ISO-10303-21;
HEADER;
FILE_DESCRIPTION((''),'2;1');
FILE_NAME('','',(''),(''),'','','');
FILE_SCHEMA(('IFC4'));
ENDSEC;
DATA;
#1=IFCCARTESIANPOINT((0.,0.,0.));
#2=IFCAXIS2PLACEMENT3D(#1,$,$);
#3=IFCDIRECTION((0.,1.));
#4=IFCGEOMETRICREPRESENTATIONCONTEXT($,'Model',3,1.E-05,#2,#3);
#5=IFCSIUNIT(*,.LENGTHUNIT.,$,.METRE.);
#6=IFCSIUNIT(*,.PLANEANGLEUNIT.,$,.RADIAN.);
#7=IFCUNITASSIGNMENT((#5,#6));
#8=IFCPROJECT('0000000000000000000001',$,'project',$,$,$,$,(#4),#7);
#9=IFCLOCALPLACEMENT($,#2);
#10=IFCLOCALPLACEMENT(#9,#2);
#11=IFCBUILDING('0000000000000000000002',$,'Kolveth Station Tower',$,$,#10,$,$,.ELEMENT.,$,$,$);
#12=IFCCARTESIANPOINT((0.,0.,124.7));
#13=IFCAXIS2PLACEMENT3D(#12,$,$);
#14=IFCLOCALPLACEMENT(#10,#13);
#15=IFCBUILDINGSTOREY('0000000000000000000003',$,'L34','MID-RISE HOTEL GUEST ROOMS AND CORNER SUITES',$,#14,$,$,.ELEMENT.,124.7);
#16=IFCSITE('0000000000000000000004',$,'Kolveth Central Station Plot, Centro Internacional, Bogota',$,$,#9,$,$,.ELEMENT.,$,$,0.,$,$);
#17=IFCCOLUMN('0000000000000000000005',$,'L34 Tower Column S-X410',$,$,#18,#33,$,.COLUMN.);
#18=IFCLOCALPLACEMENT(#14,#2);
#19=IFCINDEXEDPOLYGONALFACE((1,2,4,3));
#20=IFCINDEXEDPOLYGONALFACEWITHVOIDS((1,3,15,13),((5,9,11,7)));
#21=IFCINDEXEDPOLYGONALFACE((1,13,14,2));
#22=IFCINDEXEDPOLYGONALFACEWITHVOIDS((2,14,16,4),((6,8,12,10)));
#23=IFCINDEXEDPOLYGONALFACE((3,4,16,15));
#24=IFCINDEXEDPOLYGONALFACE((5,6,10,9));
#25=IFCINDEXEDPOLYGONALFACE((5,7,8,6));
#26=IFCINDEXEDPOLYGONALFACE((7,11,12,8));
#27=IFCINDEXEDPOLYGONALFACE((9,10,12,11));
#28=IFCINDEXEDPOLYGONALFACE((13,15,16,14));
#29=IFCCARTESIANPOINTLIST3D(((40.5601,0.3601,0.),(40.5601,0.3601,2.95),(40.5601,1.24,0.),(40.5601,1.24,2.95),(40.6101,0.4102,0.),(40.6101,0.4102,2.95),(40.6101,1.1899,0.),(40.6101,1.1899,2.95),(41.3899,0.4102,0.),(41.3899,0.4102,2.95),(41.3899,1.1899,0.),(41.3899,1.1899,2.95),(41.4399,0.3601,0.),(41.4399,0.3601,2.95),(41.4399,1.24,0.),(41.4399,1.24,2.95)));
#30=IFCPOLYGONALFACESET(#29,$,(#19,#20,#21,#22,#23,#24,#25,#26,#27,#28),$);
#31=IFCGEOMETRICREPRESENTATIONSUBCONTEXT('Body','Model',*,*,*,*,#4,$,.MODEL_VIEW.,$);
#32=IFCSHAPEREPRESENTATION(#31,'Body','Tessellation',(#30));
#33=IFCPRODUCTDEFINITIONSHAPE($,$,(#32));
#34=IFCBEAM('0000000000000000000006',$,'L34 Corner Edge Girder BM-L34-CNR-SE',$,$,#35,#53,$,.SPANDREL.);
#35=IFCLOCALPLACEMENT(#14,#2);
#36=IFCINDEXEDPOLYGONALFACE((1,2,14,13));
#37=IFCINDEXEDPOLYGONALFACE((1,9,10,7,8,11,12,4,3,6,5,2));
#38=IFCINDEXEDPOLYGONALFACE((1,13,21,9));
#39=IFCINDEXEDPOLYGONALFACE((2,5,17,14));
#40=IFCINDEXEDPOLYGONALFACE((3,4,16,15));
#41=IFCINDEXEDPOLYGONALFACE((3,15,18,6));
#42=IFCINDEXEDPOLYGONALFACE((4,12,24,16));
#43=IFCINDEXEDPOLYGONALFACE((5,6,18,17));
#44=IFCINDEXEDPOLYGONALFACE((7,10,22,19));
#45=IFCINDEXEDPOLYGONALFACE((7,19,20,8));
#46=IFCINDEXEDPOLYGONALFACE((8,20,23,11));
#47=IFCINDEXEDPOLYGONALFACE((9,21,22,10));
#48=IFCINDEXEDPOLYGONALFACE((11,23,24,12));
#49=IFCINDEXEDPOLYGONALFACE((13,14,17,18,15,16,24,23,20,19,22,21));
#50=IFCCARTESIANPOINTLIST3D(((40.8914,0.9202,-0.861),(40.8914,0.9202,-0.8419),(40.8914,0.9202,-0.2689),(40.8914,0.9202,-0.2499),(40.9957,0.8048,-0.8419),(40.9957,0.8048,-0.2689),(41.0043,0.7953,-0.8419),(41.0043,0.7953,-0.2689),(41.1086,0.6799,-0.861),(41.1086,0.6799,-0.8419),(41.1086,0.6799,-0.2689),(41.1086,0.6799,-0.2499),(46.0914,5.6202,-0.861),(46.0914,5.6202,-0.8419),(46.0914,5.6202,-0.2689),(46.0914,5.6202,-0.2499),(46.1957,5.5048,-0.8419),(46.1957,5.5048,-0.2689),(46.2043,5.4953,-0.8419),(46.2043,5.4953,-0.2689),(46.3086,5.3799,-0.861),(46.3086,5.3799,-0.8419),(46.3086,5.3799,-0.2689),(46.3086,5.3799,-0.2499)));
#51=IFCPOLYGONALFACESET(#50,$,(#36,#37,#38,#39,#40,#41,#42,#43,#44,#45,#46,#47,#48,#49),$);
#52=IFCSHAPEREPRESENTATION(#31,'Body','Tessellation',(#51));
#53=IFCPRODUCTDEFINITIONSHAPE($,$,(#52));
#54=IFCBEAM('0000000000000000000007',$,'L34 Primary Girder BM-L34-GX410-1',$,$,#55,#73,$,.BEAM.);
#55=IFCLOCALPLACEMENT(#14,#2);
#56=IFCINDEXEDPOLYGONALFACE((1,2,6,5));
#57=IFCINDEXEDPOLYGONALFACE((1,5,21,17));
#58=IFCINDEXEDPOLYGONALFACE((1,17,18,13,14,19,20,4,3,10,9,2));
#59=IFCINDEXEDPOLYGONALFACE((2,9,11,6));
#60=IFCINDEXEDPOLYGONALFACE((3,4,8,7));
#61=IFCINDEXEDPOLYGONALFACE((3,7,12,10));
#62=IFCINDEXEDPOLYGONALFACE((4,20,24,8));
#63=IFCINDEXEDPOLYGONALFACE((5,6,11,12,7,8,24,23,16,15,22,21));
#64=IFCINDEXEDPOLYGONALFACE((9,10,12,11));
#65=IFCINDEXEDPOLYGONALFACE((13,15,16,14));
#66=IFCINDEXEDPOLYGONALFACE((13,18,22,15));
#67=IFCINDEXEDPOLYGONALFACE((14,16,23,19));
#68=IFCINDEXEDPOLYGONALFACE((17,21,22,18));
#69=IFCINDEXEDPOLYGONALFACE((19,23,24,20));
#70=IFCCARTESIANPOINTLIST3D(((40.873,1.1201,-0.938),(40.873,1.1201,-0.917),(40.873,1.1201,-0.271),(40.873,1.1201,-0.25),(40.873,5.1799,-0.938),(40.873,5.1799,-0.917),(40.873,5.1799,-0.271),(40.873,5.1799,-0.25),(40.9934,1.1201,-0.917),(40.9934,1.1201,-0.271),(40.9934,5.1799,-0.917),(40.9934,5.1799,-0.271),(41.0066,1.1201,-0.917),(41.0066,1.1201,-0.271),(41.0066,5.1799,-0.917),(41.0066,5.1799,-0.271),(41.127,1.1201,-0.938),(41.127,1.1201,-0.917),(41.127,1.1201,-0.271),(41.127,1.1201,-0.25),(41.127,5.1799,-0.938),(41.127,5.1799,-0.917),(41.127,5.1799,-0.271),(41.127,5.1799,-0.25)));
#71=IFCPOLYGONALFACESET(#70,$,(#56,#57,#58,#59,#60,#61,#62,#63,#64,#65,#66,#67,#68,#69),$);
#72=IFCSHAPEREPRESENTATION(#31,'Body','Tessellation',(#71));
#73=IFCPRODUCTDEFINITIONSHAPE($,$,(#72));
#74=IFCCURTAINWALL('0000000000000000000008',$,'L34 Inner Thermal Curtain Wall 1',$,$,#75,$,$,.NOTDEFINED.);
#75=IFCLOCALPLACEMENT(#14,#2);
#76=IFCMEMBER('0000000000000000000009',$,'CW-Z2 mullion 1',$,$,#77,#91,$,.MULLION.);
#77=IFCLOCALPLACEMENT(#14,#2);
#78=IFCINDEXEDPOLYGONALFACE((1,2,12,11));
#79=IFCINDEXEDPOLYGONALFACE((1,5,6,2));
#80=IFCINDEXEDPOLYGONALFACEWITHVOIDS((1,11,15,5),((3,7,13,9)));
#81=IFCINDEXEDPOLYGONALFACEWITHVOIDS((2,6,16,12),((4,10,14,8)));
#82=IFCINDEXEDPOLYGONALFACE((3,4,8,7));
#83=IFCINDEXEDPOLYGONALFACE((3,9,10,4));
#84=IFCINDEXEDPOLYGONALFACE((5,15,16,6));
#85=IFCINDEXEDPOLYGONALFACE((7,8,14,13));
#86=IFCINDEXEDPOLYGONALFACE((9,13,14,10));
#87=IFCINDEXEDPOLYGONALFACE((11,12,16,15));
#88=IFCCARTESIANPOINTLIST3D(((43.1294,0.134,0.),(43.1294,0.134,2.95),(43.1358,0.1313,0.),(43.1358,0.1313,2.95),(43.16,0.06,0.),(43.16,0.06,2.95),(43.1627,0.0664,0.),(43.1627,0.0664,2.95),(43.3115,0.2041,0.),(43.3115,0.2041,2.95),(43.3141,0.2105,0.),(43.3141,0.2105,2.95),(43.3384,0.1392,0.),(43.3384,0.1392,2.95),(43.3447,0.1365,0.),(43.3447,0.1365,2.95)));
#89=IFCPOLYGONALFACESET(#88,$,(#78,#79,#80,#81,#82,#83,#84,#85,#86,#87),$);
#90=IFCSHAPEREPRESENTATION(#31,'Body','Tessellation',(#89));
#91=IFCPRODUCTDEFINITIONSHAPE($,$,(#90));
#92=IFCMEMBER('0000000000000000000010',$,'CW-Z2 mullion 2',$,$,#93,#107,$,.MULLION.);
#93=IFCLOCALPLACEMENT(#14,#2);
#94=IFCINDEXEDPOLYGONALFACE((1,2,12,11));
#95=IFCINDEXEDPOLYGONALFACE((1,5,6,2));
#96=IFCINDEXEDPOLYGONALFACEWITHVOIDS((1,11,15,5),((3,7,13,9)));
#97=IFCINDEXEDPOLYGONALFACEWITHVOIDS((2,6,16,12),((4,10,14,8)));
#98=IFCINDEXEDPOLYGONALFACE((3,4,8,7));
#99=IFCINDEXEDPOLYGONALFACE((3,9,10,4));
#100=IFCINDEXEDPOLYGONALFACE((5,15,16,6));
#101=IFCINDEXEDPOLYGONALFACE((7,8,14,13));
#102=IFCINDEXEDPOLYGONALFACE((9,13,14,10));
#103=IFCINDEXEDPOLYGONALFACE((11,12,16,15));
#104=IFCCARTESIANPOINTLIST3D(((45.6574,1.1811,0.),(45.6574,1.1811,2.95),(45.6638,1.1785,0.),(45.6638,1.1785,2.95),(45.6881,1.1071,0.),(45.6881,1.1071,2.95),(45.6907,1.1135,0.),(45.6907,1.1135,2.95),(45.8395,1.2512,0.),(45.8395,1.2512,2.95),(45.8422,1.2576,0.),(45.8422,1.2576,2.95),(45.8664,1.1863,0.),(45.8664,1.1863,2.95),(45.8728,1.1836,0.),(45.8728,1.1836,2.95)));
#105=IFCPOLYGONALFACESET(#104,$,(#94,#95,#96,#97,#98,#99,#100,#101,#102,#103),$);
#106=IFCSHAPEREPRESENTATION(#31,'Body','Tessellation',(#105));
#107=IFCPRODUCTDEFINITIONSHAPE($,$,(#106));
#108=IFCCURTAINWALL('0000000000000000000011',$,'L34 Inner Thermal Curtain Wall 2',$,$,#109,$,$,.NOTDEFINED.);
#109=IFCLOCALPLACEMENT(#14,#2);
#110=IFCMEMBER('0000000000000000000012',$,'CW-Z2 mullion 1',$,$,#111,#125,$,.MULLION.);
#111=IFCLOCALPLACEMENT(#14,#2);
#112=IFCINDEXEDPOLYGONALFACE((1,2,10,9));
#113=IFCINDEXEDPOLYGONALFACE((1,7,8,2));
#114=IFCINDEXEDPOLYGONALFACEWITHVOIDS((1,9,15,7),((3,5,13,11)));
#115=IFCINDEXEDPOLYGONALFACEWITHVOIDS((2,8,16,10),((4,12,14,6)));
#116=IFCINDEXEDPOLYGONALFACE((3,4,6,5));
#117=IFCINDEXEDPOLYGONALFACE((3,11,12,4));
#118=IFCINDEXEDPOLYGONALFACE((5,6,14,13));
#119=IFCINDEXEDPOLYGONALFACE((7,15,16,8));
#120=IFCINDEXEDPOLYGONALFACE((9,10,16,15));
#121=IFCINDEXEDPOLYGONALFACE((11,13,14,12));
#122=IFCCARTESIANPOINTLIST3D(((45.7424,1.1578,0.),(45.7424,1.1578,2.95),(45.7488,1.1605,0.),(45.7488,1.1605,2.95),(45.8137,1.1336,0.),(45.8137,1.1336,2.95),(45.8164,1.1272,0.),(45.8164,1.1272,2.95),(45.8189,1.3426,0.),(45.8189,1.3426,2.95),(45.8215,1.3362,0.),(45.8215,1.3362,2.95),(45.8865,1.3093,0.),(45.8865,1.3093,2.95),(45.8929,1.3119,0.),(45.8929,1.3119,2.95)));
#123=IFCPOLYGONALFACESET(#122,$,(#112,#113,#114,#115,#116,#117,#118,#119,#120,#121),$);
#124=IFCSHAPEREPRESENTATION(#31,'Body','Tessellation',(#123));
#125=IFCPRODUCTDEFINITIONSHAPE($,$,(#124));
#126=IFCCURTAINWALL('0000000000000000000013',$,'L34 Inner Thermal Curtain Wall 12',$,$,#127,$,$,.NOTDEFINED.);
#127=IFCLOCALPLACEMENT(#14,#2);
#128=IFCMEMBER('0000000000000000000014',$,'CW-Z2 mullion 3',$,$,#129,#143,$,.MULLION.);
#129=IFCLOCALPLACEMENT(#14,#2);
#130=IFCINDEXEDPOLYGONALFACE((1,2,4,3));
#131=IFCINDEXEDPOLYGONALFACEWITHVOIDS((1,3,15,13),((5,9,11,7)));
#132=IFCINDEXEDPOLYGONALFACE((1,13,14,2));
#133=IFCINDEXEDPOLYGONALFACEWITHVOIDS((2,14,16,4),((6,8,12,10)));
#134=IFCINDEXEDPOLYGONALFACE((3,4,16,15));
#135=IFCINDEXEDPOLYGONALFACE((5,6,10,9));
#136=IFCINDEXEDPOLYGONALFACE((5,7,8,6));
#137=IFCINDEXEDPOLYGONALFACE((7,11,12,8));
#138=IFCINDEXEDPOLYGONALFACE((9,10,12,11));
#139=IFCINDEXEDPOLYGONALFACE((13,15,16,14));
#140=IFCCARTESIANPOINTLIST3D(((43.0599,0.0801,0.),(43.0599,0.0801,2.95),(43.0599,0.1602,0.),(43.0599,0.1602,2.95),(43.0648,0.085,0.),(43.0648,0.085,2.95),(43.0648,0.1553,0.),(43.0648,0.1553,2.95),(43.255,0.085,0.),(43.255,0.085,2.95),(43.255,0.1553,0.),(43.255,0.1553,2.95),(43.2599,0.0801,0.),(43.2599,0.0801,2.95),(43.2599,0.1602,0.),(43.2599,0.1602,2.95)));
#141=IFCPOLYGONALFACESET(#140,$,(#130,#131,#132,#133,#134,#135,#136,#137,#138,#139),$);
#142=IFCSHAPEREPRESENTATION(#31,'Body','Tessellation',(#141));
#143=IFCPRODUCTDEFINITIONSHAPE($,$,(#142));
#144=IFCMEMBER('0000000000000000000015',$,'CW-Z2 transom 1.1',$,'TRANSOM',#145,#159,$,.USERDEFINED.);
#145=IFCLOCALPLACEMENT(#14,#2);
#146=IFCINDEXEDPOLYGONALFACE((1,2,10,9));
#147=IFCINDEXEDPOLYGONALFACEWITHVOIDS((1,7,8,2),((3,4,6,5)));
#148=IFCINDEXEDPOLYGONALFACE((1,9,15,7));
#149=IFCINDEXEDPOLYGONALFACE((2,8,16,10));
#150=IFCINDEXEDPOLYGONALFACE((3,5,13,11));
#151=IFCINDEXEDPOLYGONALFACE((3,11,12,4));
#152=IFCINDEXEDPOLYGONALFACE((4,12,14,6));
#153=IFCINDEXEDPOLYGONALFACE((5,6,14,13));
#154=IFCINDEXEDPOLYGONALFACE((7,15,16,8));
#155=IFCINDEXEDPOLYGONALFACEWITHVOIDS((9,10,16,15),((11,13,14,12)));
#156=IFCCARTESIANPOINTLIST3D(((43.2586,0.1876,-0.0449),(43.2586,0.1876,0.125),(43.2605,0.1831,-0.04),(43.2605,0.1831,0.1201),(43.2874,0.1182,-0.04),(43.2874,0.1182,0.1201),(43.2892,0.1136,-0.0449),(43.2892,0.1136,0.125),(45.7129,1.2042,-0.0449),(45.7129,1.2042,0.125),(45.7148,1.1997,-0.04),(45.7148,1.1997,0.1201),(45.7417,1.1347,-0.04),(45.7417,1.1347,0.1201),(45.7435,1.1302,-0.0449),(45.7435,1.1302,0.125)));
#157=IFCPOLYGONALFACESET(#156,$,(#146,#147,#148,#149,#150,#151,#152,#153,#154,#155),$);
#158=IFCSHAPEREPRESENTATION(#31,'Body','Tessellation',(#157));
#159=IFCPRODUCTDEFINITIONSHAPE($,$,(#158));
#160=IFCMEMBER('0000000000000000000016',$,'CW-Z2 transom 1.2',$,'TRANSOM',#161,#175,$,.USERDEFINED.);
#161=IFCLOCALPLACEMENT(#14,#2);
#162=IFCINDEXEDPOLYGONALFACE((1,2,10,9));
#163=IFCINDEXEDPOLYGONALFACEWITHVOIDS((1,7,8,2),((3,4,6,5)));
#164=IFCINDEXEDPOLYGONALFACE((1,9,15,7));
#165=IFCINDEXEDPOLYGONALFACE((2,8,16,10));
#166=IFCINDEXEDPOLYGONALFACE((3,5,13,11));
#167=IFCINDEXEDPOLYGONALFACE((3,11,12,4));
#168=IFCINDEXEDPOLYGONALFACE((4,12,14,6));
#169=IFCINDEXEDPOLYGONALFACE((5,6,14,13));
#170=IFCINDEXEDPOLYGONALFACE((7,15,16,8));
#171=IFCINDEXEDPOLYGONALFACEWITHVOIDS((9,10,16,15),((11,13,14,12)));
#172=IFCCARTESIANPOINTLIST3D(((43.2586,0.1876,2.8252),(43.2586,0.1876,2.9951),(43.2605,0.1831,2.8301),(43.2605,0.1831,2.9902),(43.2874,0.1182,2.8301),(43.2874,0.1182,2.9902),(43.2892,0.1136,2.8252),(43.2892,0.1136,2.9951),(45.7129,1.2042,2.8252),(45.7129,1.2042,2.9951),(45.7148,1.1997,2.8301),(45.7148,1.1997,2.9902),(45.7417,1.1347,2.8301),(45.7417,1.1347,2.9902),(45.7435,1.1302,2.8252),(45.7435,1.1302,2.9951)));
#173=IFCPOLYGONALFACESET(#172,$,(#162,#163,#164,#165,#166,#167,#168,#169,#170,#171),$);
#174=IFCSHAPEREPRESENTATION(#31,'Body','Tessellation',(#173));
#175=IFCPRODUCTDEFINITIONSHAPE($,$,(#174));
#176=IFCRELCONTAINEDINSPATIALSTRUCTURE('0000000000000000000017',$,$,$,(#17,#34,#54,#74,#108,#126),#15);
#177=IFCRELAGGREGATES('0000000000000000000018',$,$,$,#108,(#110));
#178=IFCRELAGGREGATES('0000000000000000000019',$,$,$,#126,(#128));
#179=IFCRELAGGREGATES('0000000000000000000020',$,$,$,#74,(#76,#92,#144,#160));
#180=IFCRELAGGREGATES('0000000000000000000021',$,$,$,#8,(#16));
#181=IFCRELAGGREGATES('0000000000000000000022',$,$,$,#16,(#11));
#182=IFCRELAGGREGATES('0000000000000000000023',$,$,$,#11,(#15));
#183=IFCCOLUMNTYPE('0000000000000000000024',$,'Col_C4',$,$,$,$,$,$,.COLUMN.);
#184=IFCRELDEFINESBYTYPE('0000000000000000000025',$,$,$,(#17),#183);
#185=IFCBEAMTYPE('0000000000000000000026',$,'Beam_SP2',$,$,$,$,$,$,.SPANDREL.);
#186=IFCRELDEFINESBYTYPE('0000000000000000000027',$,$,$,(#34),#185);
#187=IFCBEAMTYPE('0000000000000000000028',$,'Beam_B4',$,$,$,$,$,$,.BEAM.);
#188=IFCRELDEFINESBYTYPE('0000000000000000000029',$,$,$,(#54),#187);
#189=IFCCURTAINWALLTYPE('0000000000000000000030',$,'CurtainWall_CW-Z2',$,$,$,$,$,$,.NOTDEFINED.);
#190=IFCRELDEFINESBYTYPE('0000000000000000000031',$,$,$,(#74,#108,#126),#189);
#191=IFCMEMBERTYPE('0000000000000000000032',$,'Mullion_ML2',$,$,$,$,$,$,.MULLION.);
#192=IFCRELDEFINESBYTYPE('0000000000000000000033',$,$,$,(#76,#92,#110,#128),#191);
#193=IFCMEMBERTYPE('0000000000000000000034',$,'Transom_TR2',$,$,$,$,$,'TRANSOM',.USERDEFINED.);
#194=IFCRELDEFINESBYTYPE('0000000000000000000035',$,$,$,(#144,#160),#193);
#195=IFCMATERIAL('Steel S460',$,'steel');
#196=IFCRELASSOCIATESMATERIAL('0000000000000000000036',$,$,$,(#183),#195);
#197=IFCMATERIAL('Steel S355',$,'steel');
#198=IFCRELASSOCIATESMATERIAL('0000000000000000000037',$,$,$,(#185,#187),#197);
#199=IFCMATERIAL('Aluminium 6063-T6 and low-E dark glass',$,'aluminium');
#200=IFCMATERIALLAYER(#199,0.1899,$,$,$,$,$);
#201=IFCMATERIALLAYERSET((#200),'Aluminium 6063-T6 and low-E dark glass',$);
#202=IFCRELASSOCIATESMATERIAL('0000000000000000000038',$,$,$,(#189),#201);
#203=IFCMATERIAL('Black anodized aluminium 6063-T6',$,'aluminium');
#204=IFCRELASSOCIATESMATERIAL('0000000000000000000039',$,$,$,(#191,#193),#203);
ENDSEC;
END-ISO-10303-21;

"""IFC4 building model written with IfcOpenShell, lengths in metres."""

from ifc_helpers import new_model, si_unit, direction, frame, origin, origin_2d, place, context, subcontext, project, spatial, hollow_rectangle, i_section, extrude, source, transform, mapped, material, layer, layer_set, material_profile, profile_set, type_object, element, aggregate, save


model = new_model("IFC4")

# Units and contexts
model_context = context("Model", 3, precision=1e-05, world=origin(), true_north=direction((0.0, 1.0)))
body_context = subcontext(model_context, "Body", "Model", "MODEL_VIEW")
ifc_project = project(units=[si_unit("LENGTHUNIT", "METRE"), si_unit("PLANEANGLEUNIT", "RADIAN")], contexts=[model_context])

# Site, building, storey
site_placement = place(None, origin())
site = spatial("IfcSite", under=ifc_project, at=site_placement, Name="Kolveth Central Station Plot, Centro Internacional, Bogota", CompositionType="ELEMENT", RefElevation=0.0)
building_placement = place(site_placement, origin())
building = spatial("IfcBuilding", under=site, at=building_placement, Name="Kolveth Station Tower", CompositionType="ELEMENT")
storey_placement = place(building_placement, frame((0.0, 0.0, 124.7)))
storey = spatial("IfcBuildingStorey", under=building, at=storey_placement, Name="L34", Description="MID-RISE HOTEL GUEST ROOMS AND CORNER SUITES", CompositionType="ELEMENT", Elevation=124.7)

# Column
ifc_material_1 = material(Name="Steel S460", Category="steel")
ifc_material_profile_1 = material_profile(ifc_material_1, hollow_rectangle(XDim=0.8799, YDim=0.8799, WallThickness=0.05, at=origin_2d()), Name="BOX880x880x50")
ifc_profile_set_1 = profile_set([ifc_material_profile_1], Name="Steel S460")
column_type = type_object("IfcColumnType", Name="Col_C4", PredefinedType="COLUMN", material=ifc_profile_set_1)
shared_shape_1 = source(origin(), body_context, "Body", "SweptSolid", [
    extrude(hollow_rectangle(XDim=0.8799, YDim=0.8799, WallThickness=0.05, at=origin_2d()), origin(), (0.0, 0.0, 1.0), 2.95),
])
column_placement = place(storey_placement, frame((41.0, 0.8, 0.0), z_axis=(0.0, 0.0, 1.0), x_axis=(1.0, 0.0, 0.0)))
element("IfcColumn", 1, at=column_placement, inside=storey, type_object=column_type, Name="L34 Tower Column S-X410", PredefinedType="COLUMN", context=body_context, shape_type="MappedRepresentation", body=[
    mapped(shared_shape_1, transform((0.0, 0.0, 0.0), x_axis=(1.0, 0.0, 0.0), y_axis=(0.0, 1.0, 0.0), z_axis=(0.0, 0.0, 1.0), scale=1.0)),
])

# Beams
ifc_material_2 = material(Name="Steel S355", Category="steel")
ifc_material_profile_2 = material_profile(ifc_material_2, i_section(OverallWidth=0.324, OverallDepth=0.6111, WebThickness=0.0127, FlangeThickness=0.019, at=origin_2d()), Name="W610x155")
ifc_profile_set_2 = profile_set([ifc_material_profile_2], Name="Steel S355")
beam_type_1 = type_object("IfcBeamType", Name="Beam_SP2", PredefinedType="SPANDREL", material=ifc_profile_set_2)
shared_shape_2 = source(origin(), body_context, "Body", "SweptSolid", [
    extrude(i_section(OverallWidth=0.324, OverallDepth=0.6111, WebThickness=0.0127, FlangeThickness=0.019, at=origin_2d()), origin(), (0.0, 0.0, 1.0), 7.0093),
])
beam_1_placement = place(storey_placement, frame((41.0, 0.8, -0.5554), z_axis=(0.741874, 0.670539, 0.0), x_axis=(-0.670539, 0.741874, 0.0)))
element("IfcBeam", 2, at=beam_1_placement, inside=storey, type_object=beam_type_1, Name="L34 Corner Edge Girder BM-L34-CNR-SE", PredefinedType="SPANDREL", context=body_context, shape_type="MappedRepresentation", body=[
    mapped(shared_shape_2, transform((0.0, 0.0, 0.0), x_axis=(1.0, 0.0, 0.0), y_axis=(0.0, 1.0, 0.0), z_axis=(0.0, 0.0, 1.0), scale=1.0)),
])
ifc_material_profile_3 = material_profile(ifc_material_2, i_section(OverallWidth=0.2539, OverallDepth=0.688, WebThickness=0.0132, FlangeThickness=0.021, at=origin_2d()), Name="W690x152")
ifc_profile_set_3 = profile_set([ifc_material_profile_3], Name="Steel S355")
beam_type_2 = type_object("IfcBeamType", Name="Beam_B4", PredefinedType="BEAM", material=ifc_profile_set_3)
shared_shape_3 = source(origin(), body_context, "Body", "SweptSolid", [
    extrude(i_section(OverallWidth=0.2539, OverallDepth=0.688, WebThickness=0.0132, FlangeThickness=0.021, at=origin_2d()), origin(), (0.0, 0.0, 1.0), 4.0598),
])
beam_2_placement = place(storey_placement, frame((41.0, 1.1201, -0.594), z_axis=(0.0, 1.0, 0.0), x_axis=(-1.0, 0.0, 0.0)))
element("IfcBeam", 3, at=beam_2_placement, inside=storey, type_object=beam_type_2, Name="L34 Primary Girder BM-L34-GX410-1", PredefinedType="BEAM", context=body_context, shape_type="MappedRepresentation", body=[
    mapped(shared_shape_3, transform((0.0, 0.0, 0.0), x_axis=(1.0, 0.0, 0.0), y_axis=(0.0, 1.0, 0.0), z_axis=(0.0, 0.0, 1.0), scale=1.0)),
])

# Curtain wall, members
ifc_material_3 = material(Name="Aluminium 6063-T6 and low-E dark glass", Category="aluminium")
ifc_layer_1 = layer(ifc_material_3, 0.1899)
ifc_layer_set_1 = layer_set([ifc_layer_1], Name="Aluminium 6063-T6 and low-E dark glass")
curtain_wall_type_1 = type_object("IfcCurtainWallType", Name="CurtainWall_CW-Z2", PredefinedType="NOTDEFINED", material=ifc_layer_set_1)
curtain_wall_1_placement = place(storey_placement, origin())
curtain_wall_1 = element("IfcCurtainWall", 4, at=curtain_wall_1_placement, inside=storey, type_object=curtain_wall_type_1, Name="L34 Inner Thermal Curtain Wall 1", PredefinedType="NOTDEFINED")
ifc_material_4 = material(Name="Black anodized aluminium 6063-T6", Category="aluminium")
ifc_material_profile_4 = material_profile(ifc_material_4, hollow_rectangle(XDim=0.0801, YDim=0.2, WallThickness=0.0049, at=origin_2d()), Name="ALU-80x200x5")
ifc_profile_set_4 = profile_set([ifc_material_profile_4], Name="Black anodized aluminium 6063-T6")
member_type_1 = type_object("IfcMemberType", Name="Mullion_ML2", PredefinedType="MULLION", material=ifc_profile_set_4)
shared_shape_4 = source(origin(), body_context, "Body", "SweptSolid", [
    extrude(hollow_rectangle(XDim=0.0801, YDim=0.2, WallThickness=0.0049, at=origin_2d()), origin(), (0.0, 0.0, 1.0), 2.95),
])
member_1_placement = place(storey_placement, frame((43.2371, 0.1353, 0.0), z_axis=(0.0, 0.0, 1.0), x_axis=(-0.382663, 0.923888, 0.0)))
member_1 = element("IfcMember", 5, at=member_1_placement, type_object=member_type_1, Name="CW-Z2 mullion 1", PredefinedType="MULLION", context=body_context, shape_type="MappedRepresentation", body=[
    mapped(shared_shape_4, transform((0.0, 0.0, 0.0), x_axis=(1.0, 0.0, 0.0), y_axis=(0.0, 1.0, 0.0), z_axis=(0.0, 0.0, 1.0), scale=1.0)),
])
member_2_placement = place(storey_placement, frame((45.7651, 1.1824, 0.0), z_axis=(0.0, 0.0, 1.0), x_axis=(-0.382663, 0.923888, 0.0)))
member_2 = element("IfcMember", 6, at=member_2_placement, type_object=member_type_1, Name="CW-Z2 mullion 2", PredefinedType="MULLION", context=body_context, shape_type="MappedRepresentation", body=[
    mapped(shared_shape_4, transform((0.0, 0.0, 0.0), x_axis=(1.0, 0.0, 0.0), y_axis=(0.0, 1.0, 0.0), z_axis=(0.0, 0.0, 1.0), scale=1.0)),
])

# Curtain walls, members
curtain_wall_2_placement = place(storey_placement, origin())
curtain_wall_2 = element("IfcCurtainWall", 7, at=curtain_wall_2_placement, inside=storey, type_object=curtain_wall_type_1, Name="L34 Inner Thermal Curtain Wall 2", PredefinedType="NOTDEFINED")
member_3_placement = place(storey_placement, frame((45.8176, 1.2349, 0.0), z_axis=(0.0, 0.0, 1.0), x_axis=(-0.923888, 0.382663, 0.0)))
member_3 = element("IfcMember", 8, at=member_3_placement, type_object=member_type_1, Name="CW-Z2 mullion 1", PredefinedType="MULLION", context=body_context, shape_type="MappedRepresentation", body=[
    mapped(shared_shape_4, transform((0.0, 0.0, 0.0), x_axis=(1.0, 0.0, 0.0), y_axis=(0.0, 1.0, 0.0), z_axis=(0.0, 0.0, 1.0), scale=1.0)),
])
aggregate(curtain_wall_2, [member_3])
curtain_wall_3_placement = place(storey_placement, origin())
curtain_wall_3 = element("IfcCurtainWall", 9, at=curtain_wall_3_placement, inside=storey, type_object=curtain_wall_type_1, Name="L34 Inner Thermal Curtain Wall 12", PredefinedType="NOTDEFINED")
member_4_placement = place(storey_placement, frame((43.1599, 0.1201, 0.0), z_axis=(0.0, 0.0, 1.0), x_axis=(0.0, 1.0, 0.0)))
member_4 = element("IfcMember", 10, at=member_4_placement, type_object=member_type_1, Name="CW-Z2 mullion 3", PredefinedType="MULLION", context=body_context, shape_type="MappedRepresentation", body=[
    mapped(shared_shape_4, transform((0.0, 0.0, 0.0), x_axis=(1.0, 0.0, 0.0), y_axis=(0.0, 1.0, 0.0), z_axis=(0.0, 0.0, 1.0), scale=1.0)),
])
aggregate(curtain_wall_3, [member_4])

# Members
ifc_material_profile_5 = material_profile(ifc_material_4, hollow_rectangle(XDim=0.0801, YDim=0.1699, WallThickness=0.0049, at=origin_2d()), Name="ALU-80x170x5")
ifc_profile_set_5 = profile_set([ifc_material_profile_5], Name="Black anodized aluminium 6063-T6")
member_type_2 = type_object("IfcMemberType", Name="Transom_TR2", ElementType="TRANSOM", PredefinedType="USERDEFINED", material=ifc_profile_set_5)
shared_shape_5 = source(origin(), body_context, "Body", "SweptSolid", [
    extrude(hollow_rectangle(XDim=0.0801, YDim=0.1699, WallThickness=0.0049, at=origin_2d()), origin(), (0.0, 0.0, 1.0), 2.6565),
])
member_5_placement = place(storey_placement, frame((43.2739, 0.1506, 0.04), z_axis=(0.923882, 0.382676, 0.0), x_axis=(-0.382676, 0.923882, 0.0)))
member_5 = element("IfcMember", 11, at=member_5_placement, type_object=member_type_2, Name="CW-Z2 transom 1.1", ObjectType="TRANSOM", PredefinedType="USERDEFINED", context=body_context, shape_type="MappedRepresentation", body=[
    mapped(shared_shape_5, transform((0.0, 0.0, 0.0), x_axis=(1.0, 0.0, 0.0), y_axis=(0.0, 1.0, 0.0), z_axis=(0.0, 0.0, 1.0), scale=1.0)),
])
member_6_placement = place(storey_placement, frame((43.2739, 0.1506, 2.9102), z_axis=(0.923882, 0.382676, 0.0), x_axis=(-0.382676, 0.923882, 0.0)))
member_6 = element("IfcMember", 12, at=member_6_placement, type_object=member_type_2, Name="CW-Z2 transom 1.2", ObjectType="TRANSOM", PredefinedType="USERDEFINED", context=body_context, shape_type="MappedRepresentation", body=[
    mapped(shared_shape_5, transform((0.0, 0.0, 0.0), x_axis=(1.0, 0.0, 0.0), y_axis=(0.0, 1.0, 0.0), z_axis=(0.0, 0.0, 1.0), scale=1.0)),
])

aggregate(curtain_wall_1, [member_1, member_2, member_5, member_6])

save(model, "model.ifc")
